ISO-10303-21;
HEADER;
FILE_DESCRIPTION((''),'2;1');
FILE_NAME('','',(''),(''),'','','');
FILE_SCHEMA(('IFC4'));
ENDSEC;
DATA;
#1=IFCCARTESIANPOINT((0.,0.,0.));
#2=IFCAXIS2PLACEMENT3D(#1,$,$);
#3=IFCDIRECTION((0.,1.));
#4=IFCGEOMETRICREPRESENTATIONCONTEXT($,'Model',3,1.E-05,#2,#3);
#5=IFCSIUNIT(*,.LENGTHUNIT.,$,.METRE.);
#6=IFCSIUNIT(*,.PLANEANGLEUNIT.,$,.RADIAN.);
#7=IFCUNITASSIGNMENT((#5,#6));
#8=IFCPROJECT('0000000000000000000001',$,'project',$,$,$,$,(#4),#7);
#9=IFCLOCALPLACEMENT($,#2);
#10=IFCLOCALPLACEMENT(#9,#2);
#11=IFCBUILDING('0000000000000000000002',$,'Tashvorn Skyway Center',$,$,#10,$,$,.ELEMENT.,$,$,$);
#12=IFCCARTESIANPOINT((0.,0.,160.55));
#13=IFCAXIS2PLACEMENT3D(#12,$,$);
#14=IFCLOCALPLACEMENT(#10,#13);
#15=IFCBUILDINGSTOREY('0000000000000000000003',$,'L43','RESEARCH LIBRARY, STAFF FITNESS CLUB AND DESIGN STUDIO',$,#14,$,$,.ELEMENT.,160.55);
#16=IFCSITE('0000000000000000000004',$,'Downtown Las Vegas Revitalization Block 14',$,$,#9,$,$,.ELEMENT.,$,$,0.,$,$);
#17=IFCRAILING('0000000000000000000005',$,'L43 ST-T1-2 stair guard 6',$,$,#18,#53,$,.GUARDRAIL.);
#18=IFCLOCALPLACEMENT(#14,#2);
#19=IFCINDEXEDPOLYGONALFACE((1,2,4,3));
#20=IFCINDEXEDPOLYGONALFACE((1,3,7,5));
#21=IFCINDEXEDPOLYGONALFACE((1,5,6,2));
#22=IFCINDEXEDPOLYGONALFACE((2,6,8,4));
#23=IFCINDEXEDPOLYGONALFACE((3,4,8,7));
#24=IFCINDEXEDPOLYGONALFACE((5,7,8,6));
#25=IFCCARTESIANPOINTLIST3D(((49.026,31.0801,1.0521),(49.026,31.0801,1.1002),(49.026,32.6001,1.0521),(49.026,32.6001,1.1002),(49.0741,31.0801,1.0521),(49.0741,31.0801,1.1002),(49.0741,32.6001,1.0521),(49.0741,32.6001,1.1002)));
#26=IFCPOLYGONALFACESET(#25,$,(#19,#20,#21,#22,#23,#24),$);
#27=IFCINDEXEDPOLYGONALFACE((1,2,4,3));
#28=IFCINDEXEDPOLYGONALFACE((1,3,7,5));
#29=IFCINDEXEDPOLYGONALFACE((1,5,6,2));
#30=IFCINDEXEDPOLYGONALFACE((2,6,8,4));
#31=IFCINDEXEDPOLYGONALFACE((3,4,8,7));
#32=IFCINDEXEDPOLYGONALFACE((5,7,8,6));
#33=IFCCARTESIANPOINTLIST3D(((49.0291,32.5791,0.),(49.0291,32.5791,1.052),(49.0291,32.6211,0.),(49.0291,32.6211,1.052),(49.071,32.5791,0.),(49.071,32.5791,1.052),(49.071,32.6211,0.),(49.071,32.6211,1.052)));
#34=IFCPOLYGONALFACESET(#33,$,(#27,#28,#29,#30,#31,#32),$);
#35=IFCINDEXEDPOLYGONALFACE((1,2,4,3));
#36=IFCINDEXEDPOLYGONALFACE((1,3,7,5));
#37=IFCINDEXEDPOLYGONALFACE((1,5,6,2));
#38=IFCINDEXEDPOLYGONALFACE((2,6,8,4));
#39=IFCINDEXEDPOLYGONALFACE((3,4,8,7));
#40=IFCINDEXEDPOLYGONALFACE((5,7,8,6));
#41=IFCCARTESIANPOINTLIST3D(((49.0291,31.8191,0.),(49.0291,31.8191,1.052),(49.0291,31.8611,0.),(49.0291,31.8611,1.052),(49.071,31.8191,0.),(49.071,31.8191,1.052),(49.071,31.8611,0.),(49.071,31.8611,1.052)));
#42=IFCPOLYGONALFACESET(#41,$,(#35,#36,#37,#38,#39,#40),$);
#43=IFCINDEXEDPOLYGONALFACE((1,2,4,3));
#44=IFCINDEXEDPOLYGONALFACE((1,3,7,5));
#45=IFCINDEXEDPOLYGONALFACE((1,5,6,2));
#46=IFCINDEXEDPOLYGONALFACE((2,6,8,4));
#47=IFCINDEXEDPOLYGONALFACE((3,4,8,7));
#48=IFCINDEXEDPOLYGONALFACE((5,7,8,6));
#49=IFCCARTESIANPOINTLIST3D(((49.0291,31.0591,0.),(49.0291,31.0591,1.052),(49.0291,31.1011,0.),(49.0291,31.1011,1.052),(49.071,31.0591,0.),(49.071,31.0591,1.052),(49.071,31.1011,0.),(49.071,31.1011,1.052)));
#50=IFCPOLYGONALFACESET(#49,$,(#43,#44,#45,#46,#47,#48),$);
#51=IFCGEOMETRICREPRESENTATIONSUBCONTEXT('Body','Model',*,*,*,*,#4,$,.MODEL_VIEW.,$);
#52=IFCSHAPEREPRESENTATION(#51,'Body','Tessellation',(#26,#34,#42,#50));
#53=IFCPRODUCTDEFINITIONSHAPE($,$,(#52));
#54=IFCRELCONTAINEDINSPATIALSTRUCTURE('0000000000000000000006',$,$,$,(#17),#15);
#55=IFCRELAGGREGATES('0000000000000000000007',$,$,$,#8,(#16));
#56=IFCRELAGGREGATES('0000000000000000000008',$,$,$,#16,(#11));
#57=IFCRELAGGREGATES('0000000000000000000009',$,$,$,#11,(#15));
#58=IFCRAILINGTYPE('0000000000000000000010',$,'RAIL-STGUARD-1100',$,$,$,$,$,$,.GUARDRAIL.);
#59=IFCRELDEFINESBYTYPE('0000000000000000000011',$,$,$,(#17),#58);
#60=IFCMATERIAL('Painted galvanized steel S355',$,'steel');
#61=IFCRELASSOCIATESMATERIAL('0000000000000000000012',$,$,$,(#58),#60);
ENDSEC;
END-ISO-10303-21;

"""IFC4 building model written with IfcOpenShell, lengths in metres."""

from ifc_helpers import new_model, si_unit, direction, frame, origin, origin_2d, place, context, subcontext, project, spatial, rectangle, extrude, material, type_object, element, save


model = new_model("IFC4")

# Units and contexts
model_context = context("Model", 3, precision=1e-05, world=origin(), true_north=direction((0.0, 1.0)))
body_context = subcontext(model_context, "Body", "Model", "MODEL_VIEW")
ifc_project = project(units=[si_unit("LENGTHUNIT", "METRE"), si_unit("PLANEANGLEUNIT", "RADIAN")], contexts=[model_context])

# Site, building, storey
site_placement = place(None, origin())
site = spatial("IfcSite", under=ifc_project, at=site_placement, Name="Downtown Las Vegas Revitalization Block 14", CompositionType="ELEMENT", RefElevation=0.0)
building_placement = place(site_placement, origin())
building = spatial("IfcBuilding", under=site, at=building_placement, Name="Tashvorn Skyway Center", CompositionType="ELEMENT")
storey_placement = place(building_placement, frame((0.0, 0.0, 160.55)))
storey = spatial("IfcBuildingStorey", under=building, at=storey_placement, Name="L43", Description="RESEARCH LIBRARY, STAFF FITNESS CLUB AND DESIGN STUDIO", CompositionType="ELEMENT", Elevation=160.55)

# Railing
ifc_material_1 = material(Name="Painted galvanized steel S355", Category="steel")
railing_type = type_object("IfcRailingType", Name="RAIL-STGUARD-1100", PredefinedType="GUARDRAIL", material=ifc_material_1)
railing_placement = place(storey_placement, frame((49.05, 32.6001, 0.0)))
element("IfcRailing", 1, at=railing_placement, inside=storey, type_object=railing_type, Name="L43 ST-T1-2 stair guard 6", PredefinedType="GUARDRAIL", context=body_context, shape_type="SweptSolid", body=[
    extrude(rectangle(XDim=0.0481, YDim=0.0481, at=origin_2d()), frame((0.0, 0.0, 1.0762), z_axis=(0.0, -1.0, 0.0), x_axis=(1.0, 0.0, 0.0)), (0.0, 0.0, 1.0), 1.52),
    extrude(rectangle(XDim=0.042, YDim=0.042, at=origin_2d()), origin(), (0.0, 0.0, 1.0), 1.052),
    extrude(rectangle(XDim=0.042, YDim=0.042, at=origin_2d()), frame((0.0, -0.76, 0.0)), (0.0, 0.0, 1.0), 1.052),
    extrude(rectangle(XDim=0.042, YDim=0.042, at=origin_2d()), frame((0.0, -1.52, 0.0)), (0.0, 0.0, 1.0), 1.052),
])

save(model, "model.ifc")
